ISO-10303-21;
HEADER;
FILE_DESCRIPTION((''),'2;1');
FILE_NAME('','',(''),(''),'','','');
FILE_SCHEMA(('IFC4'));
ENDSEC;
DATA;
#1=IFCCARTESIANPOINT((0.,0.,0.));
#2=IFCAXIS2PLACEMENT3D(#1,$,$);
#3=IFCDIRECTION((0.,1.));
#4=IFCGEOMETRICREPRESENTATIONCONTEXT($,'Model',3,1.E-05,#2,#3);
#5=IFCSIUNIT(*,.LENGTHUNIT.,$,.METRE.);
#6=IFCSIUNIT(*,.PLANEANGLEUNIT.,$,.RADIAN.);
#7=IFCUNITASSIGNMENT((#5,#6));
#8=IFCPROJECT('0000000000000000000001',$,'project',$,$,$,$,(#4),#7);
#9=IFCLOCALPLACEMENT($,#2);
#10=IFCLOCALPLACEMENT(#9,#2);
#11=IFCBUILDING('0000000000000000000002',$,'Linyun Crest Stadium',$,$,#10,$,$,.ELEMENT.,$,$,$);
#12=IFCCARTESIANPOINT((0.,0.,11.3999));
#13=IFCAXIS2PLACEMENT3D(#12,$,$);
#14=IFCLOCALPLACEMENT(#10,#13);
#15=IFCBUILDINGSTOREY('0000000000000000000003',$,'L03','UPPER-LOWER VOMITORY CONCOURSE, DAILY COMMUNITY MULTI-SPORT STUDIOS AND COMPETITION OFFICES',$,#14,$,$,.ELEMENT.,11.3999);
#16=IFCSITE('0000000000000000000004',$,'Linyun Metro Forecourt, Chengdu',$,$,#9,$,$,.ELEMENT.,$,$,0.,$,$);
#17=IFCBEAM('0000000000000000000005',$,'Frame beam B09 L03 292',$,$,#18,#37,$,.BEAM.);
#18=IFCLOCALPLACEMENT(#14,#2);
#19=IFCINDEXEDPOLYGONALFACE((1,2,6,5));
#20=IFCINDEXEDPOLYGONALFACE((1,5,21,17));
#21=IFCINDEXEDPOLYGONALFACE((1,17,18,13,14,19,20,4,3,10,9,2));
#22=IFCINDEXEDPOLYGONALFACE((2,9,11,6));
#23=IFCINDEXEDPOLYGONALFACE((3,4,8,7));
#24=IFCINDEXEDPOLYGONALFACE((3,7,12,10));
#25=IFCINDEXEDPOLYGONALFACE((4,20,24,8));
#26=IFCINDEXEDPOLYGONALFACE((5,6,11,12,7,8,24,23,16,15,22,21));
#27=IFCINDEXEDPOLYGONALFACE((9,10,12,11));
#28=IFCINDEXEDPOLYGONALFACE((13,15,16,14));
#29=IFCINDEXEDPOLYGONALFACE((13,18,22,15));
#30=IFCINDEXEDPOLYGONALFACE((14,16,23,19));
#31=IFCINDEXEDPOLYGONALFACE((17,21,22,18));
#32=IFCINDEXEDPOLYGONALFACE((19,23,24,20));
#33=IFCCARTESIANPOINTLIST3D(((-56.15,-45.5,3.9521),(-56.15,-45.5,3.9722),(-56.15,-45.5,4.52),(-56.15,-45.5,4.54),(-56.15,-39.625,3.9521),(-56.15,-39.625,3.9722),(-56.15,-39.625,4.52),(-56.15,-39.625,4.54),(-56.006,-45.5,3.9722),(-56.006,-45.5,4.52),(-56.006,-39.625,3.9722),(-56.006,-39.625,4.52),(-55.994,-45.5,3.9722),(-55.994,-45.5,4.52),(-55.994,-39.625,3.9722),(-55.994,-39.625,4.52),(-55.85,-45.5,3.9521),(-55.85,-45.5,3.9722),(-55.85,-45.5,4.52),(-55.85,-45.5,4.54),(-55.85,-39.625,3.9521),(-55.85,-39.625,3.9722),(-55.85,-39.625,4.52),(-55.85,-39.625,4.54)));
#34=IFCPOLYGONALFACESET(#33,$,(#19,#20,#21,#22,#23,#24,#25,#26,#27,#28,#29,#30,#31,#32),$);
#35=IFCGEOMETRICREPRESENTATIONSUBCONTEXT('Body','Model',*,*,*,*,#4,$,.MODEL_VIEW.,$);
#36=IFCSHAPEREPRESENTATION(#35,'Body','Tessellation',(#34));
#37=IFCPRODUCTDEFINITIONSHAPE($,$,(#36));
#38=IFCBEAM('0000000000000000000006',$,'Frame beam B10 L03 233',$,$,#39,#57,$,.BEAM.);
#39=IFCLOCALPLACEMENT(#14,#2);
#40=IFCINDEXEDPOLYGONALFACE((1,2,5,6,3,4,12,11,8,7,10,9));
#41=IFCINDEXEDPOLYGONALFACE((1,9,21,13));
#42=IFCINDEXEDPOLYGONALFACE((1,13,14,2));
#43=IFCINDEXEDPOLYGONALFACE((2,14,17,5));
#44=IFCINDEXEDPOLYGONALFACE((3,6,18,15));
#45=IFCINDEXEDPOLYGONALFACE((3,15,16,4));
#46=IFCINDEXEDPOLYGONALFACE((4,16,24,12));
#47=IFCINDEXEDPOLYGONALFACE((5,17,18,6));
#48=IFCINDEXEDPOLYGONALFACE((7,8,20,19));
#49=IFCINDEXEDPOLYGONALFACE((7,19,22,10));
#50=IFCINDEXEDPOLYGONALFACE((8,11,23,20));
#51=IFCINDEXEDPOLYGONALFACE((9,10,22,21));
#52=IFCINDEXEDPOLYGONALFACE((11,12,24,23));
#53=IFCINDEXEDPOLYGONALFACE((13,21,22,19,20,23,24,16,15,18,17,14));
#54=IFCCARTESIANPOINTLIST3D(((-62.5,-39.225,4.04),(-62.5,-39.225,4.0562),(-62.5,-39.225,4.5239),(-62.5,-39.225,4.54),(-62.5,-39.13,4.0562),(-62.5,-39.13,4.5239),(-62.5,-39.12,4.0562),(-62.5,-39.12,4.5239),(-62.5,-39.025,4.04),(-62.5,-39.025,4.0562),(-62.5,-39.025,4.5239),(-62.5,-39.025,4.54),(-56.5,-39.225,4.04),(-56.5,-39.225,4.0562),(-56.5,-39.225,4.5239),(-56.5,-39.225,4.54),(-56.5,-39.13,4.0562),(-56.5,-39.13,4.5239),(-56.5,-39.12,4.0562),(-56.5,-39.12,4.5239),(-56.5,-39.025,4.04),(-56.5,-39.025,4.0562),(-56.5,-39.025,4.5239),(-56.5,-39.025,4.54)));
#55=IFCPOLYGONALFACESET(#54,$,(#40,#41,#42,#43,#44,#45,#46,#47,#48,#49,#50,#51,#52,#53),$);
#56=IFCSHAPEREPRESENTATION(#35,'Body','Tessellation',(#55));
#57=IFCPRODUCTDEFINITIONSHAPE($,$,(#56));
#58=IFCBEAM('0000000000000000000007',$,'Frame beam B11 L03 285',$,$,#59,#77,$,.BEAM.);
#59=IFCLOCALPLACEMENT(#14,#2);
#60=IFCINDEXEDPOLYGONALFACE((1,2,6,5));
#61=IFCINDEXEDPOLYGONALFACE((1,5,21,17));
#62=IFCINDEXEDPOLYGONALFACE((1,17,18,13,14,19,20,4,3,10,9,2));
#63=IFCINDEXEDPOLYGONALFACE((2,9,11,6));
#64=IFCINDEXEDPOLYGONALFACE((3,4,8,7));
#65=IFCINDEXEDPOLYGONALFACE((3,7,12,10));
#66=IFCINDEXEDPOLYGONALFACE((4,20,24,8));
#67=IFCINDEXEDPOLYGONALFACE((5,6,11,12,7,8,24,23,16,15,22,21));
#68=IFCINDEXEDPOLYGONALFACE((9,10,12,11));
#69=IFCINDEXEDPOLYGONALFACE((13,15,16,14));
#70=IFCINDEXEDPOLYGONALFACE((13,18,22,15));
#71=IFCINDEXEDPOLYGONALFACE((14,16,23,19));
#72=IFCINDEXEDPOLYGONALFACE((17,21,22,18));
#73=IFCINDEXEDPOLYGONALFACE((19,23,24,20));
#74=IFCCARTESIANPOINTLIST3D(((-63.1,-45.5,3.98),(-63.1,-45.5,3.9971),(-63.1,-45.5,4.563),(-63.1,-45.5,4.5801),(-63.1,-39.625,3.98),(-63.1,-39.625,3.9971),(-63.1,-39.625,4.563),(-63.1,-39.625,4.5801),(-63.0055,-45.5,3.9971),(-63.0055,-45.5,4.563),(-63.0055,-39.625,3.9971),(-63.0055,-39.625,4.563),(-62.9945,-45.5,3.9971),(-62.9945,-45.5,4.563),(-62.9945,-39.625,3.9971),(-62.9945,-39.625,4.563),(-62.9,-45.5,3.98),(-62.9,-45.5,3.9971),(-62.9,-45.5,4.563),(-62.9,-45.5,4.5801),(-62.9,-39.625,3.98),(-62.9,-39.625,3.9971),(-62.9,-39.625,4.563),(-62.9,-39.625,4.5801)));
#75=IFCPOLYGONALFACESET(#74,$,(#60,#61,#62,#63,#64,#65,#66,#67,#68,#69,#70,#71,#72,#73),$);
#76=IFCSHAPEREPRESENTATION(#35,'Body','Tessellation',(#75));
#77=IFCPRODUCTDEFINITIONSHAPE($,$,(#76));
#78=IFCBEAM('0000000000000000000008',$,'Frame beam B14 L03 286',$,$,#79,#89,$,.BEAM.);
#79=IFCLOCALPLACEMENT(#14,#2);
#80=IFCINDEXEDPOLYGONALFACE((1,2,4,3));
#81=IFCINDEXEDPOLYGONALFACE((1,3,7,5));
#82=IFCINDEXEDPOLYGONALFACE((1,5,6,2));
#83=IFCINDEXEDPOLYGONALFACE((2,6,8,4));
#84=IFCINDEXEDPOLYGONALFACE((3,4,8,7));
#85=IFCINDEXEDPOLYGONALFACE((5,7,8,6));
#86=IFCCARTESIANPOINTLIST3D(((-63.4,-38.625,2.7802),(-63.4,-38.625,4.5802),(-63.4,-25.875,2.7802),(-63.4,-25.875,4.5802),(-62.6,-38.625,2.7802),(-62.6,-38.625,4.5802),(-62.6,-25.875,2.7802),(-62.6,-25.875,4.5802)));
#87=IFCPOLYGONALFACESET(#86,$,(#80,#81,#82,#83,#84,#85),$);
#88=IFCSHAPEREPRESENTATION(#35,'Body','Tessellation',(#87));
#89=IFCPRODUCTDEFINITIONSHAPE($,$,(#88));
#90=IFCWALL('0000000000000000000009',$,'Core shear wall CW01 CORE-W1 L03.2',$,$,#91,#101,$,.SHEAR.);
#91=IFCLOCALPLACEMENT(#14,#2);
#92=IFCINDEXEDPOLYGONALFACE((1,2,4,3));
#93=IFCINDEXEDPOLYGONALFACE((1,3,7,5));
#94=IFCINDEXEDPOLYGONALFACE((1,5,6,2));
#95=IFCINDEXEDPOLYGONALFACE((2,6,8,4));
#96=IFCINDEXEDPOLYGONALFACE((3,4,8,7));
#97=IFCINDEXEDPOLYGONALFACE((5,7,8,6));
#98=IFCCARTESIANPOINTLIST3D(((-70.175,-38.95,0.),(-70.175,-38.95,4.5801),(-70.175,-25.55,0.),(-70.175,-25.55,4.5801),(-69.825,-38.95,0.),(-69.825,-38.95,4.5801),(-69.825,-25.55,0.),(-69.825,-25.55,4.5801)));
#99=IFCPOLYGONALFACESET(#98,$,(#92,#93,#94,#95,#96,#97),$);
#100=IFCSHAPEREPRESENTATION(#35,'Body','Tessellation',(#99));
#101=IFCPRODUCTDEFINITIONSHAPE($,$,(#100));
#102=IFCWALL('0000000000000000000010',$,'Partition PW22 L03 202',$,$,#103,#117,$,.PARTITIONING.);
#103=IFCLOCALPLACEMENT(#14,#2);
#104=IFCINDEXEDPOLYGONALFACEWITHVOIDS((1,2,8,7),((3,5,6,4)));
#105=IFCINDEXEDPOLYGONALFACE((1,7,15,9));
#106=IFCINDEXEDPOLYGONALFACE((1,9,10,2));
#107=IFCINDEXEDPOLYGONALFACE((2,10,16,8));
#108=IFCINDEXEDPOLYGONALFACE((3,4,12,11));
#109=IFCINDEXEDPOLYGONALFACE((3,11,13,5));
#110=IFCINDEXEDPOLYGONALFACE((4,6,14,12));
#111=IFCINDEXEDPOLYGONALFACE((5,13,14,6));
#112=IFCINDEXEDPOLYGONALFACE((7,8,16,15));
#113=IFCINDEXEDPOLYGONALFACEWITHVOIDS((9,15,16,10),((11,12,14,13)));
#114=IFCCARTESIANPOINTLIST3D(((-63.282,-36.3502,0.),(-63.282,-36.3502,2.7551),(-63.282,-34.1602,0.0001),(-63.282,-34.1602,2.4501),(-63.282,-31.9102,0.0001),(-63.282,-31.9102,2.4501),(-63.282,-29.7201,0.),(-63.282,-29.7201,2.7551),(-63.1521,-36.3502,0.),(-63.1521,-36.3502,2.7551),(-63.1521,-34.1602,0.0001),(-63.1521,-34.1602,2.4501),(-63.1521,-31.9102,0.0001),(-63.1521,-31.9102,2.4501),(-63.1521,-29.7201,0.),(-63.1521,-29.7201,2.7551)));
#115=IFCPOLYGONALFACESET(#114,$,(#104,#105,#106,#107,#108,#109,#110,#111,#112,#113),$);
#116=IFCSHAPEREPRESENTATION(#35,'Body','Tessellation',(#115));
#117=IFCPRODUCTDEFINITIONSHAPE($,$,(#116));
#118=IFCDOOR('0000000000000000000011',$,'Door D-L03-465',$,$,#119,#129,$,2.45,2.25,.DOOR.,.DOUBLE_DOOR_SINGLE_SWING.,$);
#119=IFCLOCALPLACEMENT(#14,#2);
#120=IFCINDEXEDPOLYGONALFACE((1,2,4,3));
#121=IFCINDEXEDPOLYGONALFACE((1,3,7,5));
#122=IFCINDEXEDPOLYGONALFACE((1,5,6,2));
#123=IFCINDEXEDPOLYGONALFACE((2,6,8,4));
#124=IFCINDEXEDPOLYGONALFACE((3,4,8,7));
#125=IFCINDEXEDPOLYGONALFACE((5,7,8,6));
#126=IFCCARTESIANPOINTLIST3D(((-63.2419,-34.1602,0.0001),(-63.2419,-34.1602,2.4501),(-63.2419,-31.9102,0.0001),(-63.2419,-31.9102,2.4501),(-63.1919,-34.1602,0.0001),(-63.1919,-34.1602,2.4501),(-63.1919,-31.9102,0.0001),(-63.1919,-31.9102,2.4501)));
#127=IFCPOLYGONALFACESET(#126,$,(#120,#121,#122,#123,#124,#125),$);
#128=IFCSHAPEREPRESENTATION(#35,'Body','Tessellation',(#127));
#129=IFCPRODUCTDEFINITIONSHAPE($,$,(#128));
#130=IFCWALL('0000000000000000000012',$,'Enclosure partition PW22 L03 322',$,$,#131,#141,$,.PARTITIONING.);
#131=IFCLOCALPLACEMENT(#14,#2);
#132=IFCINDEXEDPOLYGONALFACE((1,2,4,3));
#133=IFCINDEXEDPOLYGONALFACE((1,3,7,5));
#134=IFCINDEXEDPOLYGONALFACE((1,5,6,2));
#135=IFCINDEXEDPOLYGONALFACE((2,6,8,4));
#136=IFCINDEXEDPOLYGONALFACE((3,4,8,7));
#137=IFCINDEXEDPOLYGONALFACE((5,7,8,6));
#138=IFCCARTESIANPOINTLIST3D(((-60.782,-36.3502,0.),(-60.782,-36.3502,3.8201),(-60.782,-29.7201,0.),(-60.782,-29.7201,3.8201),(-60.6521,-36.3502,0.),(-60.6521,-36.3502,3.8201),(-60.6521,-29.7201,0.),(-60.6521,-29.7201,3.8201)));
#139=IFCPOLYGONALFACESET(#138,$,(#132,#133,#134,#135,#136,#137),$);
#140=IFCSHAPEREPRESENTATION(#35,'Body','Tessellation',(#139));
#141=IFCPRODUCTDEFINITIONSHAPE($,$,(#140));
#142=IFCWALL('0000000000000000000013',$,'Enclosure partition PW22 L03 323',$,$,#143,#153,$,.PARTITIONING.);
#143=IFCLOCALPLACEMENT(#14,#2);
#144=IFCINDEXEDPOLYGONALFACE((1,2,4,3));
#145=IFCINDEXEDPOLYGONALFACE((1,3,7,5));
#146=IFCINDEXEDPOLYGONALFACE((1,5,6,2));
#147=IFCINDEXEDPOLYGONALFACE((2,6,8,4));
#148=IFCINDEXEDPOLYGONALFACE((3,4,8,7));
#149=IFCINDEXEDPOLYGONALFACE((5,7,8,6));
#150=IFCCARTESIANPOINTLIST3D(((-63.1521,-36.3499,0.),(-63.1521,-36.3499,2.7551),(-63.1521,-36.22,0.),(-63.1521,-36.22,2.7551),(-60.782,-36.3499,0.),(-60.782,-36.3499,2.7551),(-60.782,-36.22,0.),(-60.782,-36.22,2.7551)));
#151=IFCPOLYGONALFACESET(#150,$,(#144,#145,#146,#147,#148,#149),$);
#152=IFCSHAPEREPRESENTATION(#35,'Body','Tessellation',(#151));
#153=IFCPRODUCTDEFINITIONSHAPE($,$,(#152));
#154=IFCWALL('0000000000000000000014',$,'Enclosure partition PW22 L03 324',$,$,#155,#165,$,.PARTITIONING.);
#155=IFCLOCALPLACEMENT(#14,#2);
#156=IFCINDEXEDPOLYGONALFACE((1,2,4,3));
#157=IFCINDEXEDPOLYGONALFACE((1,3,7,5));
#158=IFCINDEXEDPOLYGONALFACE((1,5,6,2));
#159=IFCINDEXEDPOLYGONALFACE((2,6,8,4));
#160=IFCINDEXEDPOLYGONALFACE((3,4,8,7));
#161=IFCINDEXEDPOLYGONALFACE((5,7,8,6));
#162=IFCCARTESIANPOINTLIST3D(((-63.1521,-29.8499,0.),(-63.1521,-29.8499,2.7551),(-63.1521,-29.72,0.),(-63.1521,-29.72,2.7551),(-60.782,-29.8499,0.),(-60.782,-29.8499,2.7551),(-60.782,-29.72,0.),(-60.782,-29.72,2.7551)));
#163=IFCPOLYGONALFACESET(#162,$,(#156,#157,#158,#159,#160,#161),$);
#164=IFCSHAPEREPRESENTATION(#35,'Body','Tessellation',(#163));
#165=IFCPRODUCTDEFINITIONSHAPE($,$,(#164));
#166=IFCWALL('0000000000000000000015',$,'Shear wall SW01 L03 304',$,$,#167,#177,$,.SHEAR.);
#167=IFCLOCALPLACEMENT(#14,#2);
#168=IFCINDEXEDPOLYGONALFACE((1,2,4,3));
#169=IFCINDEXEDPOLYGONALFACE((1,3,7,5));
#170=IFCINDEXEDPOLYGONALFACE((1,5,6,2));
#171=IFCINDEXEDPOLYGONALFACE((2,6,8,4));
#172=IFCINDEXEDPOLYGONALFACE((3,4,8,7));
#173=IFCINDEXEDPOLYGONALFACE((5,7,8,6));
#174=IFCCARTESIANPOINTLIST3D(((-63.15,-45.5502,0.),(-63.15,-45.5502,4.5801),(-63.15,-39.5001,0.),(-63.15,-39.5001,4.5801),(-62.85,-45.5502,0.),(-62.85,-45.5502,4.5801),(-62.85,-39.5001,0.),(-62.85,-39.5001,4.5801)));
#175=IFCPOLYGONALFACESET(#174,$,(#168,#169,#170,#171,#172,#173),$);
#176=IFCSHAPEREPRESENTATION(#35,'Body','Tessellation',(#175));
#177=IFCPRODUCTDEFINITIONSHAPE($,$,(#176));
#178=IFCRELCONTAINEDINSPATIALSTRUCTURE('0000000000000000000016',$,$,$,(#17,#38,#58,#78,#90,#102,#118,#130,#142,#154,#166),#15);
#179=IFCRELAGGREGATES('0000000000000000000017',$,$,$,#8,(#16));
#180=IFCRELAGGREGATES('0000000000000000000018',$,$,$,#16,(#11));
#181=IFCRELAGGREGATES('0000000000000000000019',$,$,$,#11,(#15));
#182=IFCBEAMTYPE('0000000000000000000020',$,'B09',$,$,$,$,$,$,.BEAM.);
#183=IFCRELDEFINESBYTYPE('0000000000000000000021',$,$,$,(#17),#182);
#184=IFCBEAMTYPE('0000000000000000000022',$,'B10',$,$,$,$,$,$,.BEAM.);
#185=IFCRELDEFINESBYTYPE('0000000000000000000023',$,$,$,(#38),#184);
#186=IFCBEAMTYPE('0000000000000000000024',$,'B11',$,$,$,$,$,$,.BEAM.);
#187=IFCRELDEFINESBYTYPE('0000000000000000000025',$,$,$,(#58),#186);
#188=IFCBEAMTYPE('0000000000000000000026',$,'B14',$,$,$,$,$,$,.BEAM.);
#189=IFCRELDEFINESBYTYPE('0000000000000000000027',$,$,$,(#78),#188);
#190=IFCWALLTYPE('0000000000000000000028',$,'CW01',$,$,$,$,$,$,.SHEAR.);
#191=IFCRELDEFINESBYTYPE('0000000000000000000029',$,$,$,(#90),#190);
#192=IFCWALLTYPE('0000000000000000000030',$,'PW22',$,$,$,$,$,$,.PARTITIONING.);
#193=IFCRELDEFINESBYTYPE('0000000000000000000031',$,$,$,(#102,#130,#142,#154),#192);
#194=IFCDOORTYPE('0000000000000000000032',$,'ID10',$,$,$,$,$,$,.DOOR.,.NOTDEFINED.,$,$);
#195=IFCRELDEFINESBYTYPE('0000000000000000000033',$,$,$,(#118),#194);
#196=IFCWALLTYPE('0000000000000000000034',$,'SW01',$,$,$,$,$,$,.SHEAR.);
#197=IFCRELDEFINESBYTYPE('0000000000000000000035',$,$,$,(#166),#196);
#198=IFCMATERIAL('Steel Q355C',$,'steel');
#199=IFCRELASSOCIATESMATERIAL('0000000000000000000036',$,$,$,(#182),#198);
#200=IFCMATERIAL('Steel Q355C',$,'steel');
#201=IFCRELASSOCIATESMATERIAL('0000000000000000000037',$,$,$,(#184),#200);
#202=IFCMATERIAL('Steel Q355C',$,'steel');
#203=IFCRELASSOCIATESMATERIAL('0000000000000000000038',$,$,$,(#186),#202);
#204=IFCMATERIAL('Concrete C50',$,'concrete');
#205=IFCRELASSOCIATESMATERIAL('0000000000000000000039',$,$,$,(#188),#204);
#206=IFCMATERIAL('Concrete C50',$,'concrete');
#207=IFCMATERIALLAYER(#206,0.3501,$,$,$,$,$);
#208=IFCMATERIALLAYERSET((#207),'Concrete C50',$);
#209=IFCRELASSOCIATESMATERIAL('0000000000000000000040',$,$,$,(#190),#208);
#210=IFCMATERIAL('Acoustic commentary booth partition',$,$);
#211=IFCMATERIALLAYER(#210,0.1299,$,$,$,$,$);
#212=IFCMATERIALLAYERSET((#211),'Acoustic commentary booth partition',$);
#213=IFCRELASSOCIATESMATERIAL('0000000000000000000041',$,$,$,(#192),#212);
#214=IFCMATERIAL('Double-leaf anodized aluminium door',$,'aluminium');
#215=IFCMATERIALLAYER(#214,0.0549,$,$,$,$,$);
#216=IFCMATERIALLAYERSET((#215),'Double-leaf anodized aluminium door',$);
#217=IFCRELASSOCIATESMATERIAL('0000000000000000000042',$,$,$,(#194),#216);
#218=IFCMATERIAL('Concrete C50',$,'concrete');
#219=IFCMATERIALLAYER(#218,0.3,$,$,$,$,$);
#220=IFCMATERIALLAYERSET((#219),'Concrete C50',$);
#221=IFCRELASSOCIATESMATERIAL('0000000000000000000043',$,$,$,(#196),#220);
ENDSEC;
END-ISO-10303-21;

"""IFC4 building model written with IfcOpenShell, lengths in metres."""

from ifc_helpers import new_model, si_unit, direction, frame, frame_2d, origin, origin_2d, place, context, subcontext, project, spatial, rectangle, i_section, extrude, material, layer, layer_set, material_profile, profile_set, type_object, element, fill, save


model = new_model("IFC4")

# Units and contexts
model_context = context("Model", 3, precision=1e-05, world=origin(), true_north=direction((0.0, 1.0)))
body_context = subcontext(model_context, "Body", "Model", "MODEL_VIEW")
ifc_project = project(units=[si_unit("LENGTHUNIT", "METRE"), si_unit("PLANEANGLEUNIT", "RADIAN")], contexts=[model_context])

# Site, building, storey
site_placement = place(None, origin())
site = spatial("IfcSite", under=ifc_project, at=site_placement, Name="Linyun Metro Forecourt, Chengdu", CompositionType="ELEMENT", RefElevation=0.0)
building_placement = place(site_placement, origin())
building = spatial("IfcBuilding", under=site, at=building_placement, Name="Linyun Crest Stadium", CompositionType="ELEMENT")
storey_placement = place(building_placement, frame((0.0, 0.0, 11.3999)))
storey = spatial("IfcBuildingStorey", under=building, at=storey_placement, Name="L03", Description="UPPER-LOWER VOMITORY CONCOURSE, DAILY COMMUNITY MULTI-SPORT STUDIOS AND COMPETITION OFFICES", CompositionType="ELEMENT", Elevation=11.3999)

# Beams
ifc_material_1 = material(Name="Steel Q355C", Category="steel")
ifc_material_profile_1 = material_profile(ifc_material_1, i_section(OverallWidth=0.3, OverallDepth=0.5879, WebThickness=0.012, FlangeThickness=0.02, at=origin_2d()), Name="HM 588x300")
ifc_profile_set_1 = profile_set([ifc_material_profile_1], Name="Steel Q355C")
beam_type_1 = type_object("IfcBeamType", Name="B09", PredefinedType="BEAM", material=ifc_profile_set_1)
beam_1_placement = place(storey_placement, frame((-56.0, -45.5, 4.2461), z_axis=(0.0, 1.0, 0.0), x_axis=(-1.0, 0.0, 0.0)))
element("IfcBeam", 1, at=beam_1_placement, inside=storey, type_object=beam_type_1, Name="Frame beam B09 L03 292", PredefinedType="BEAM", context=body_context, shape_type="SweptSolid", body=[
    extrude(i_section(OverallWidth=0.3, OverallDepth=0.5879, WebThickness=0.012, FlangeThickness=0.02, at=origin_2d()), origin(), (0.0, 0.0, 1.0), 5.875),
])
ifc_material_2 = material(Name="Steel Q355C", Category="steel")
ifc_material_profile_2 = material_profile(ifc_material_2, i_section(OverallWidth=0.2, OverallDepth=0.5, WebThickness=0.01, FlangeThickness=0.0161, at=origin_2d()), Name="HN 500x200")
ifc_profile_set_2 = profile_set([ifc_material_profile_2], Name="Steel Q355C")
beam_type_2 = type_object("IfcBeamType", Name="B10", PredefinedType="BEAM", material=ifc_profile_set_2)
beam_2_placement = place(storey_placement, frame((-62.5, -39.125, 4.29), z_axis=(1.0, 0.0, 0.0), x_axis=(0.0, 1.0, 0.0)))
element("IfcBeam", 2, at=beam_2_placement, inside=storey, type_object=beam_type_2, Name="Frame beam B10 L03 233", PredefinedType="BEAM", context=body_context, shape_type="SweptSolid", body=[
    extrude(i_section(OverallWidth=0.2, OverallDepth=0.5, WebThickness=0.01, FlangeThickness=0.0161, at=origin_2d()), origin(), (0.0, 0.0, 1.0), 6.0),
])
ifc_material_3 = material(Name="Steel Q355C", Category="steel")
ifc_material_profile_3 = material_profile(ifc_material_3, i_section(OverallWidth=0.2, OverallDepth=0.6001, WebThickness=0.011, FlangeThickness=0.0171, at=origin_2d()), Name="HN 600x200")
ifc_profile_set_3 = profile_set([ifc_material_profile_3], Name="Steel Q355C")
beam_type_3 = type_object("IfcBeamType", Name="B11", PredefinedType="BEAM", material=ifc_profile_set_3)
beam_3_placement = place(storey_placement, frame((-63.0, -45.5, 4.28), z_axis=(0.0, 1.0, 0.0), x_axis=(-1.0, 0.0, 0.0)))
element("IfcBeam", 3, at=beam_3_placement, inside=storey, type_object=beam_type_3, Name="Frame beam B11 L03 285", PredefinedType="BEAM", context=body_context, shape_type="SweptSolid", body=[
    extrude(i_section(OverallWidth=0.2, OverallDepth=0.6001, WebThickness=0.011, FlangeThickness=0.0171, at=origin_2d()), origin(), (0.0, 0.0, 1.0), 5.875),
])
ifc_material_4 = material(Name="Concrete C50", Category="concrete")
ifc_material_profile_4 = material_profile(ifc_material_4, rectangle(XDim=0.8, YDim=1.8, at=origin_2d()), Name="RCB 1800x800")
ifc_profile_set_4 = profile_set([ifc_material_profile_4], Name="Concrete C50")
beam_type_4 = type_object("IfcBeamType", Name="B14", PredefinedType="BEAM", material=ifc_profile_set_4)
beam_4_placement = place(storey_placement, frame((-63.0, -38.625, 3.6802), z_axis=(0.0, 1.0, 0.0), x_axis=(-1.0, 0.0, 0.0)))
element("IfcBeam", 4, at=beam_4_placement, inside=storey, type_object=beam_type_4, Name="Frame beam B14 L03 286", PredefinedType="BEAM", context=body_context, shape_type="SweptSolid", body=[
    extrude(rectangle(XDim=0.8, YDim=1.8, at=origin_2d()), origin(), (0.0, 0.0, 1.0), 12.75),
])

# Wall
ifc_material_5 = material(Name="Concrete C50", Category="concrete")
ifc_layer_1 = layer(ifc_material_5, 0.3501)
ifc_layer_set_1 = layer_set([ifc_layer_1], Name="Concrete C50")
wall_type_1 = type_object("IfcWallType", Name="CW01", PredefinedType="SHEAR", material=ifc_layer_set_1)
wall_1_placement = place(storey_placement, frame((-70.0, -38.95, 0.0), z_axis=(0.0, 0.0, 1.0), x_axis=(0.0, 1.0, 0.0)))
element("IfcWall", 5, at=wall_1_placement, inside=storey, type_object=wall_type_1, Name="Core shear wall CW01 CORE-W1 L03.2", PredefinedType="SHEAR", context=body_context, shape_type="SweptSolid", body=[
    extrude(rectangle(XDim=13.3999, YDim=0.3501, at=frame_2d((6.7, 0.0))), origin(), (0.0, 0.0, 1.0), 4.5801),
])

# Wall, opening, door
ifc_material_6 = material(Name="Acoustic commentary booth partition")
ifc_layer_2 = layer(ifc_material_6, 0.1299)
ifc_layer_set_2 = layer_set([ifc_layer_2], Name="Acoustic commentary booth partition")
wall_type_2 = type_object("IfcWallType", Name="PW22", PredefinedType="PARTITIONING", material=ifc_layer_set_2)
wall_2_placement = place(storey_placement, frame((-63.217, -36.3501, 0.0), z_axis=(0.0, 0.0, 1.0), x_axis=(0.0, 1.0, 0.0)))
wall_2 = element("IfcWall", 6, at=wall_2_placement, inside=storey, type_object=wall_type_2, Name="Partition PW22 L03 202", PredefinedType="PARTITIONING", context=body_context, shape_type="SweptSolid", body=[
    extrude(rectangle(XDim=6.6301, YDim=0.1299, at=frame_2d((3.3149, 0.0))), origin(), (0.0, 0.0, 1.0), 2.7551),
])
opening_placement = place(wall_2_placement, frame((2.1899, 0.0, 0.0)))
opening = element("IfcOpeningElement", 7, at=opening_placement, cuts=wall_2, PredefinedType="OPENING", context=body_context, shape_type="SweptSolid", body=[
    extrude(rectangle(XDim=2.25, YDim=2.45, at=frame_2d((1.125, 1.2251))), frame((0.0, 0.075, 0.0), z_axis=(0.0, -1.0, 0.0), x_axis=(1.0, 0.0, 0.0)), (0.0, 0.0, 1.0), 0.1499),
])
ifc_material_7 = material(Name="Double-leaf anodized aluminium door", Category="aluminium")
ifc_layer_3 = layer(ifc_material_7, 0.0549)
ifc_layer_set_3 = layer_set([ifc_layer_3], Name="Double-leaf anodized aluminium door")
door_type = type_object("IfcDoorType", Name="ID10", OperationType="NOTDEFINED", PredefinedType="DOOR", material=ifc_layer_set_3)
door_placement = place(opening_placement, origin())
door = element("IfcDoor", 8, at=door_placement, inside=storey, type_object=door_type, Name="Door D-L03-465", OperationType="DOUBLE_DOOR_SINGLE_SWING", OverallHeight=2.45, OverallWidth=2.25, PredefinedType="DOOR", context=body_context, shape_type="SweptSolid", body=[
    extrude(rectangle(XDim=2.25, YDim=2.45, at=frame_2d((1.125, 1.2251))), frame((0.0, 0.0249, 0.0), z_axis=(0.0, -1.0, 0.0), x_axis=(1.0, 0.0, 0.0)), (0.0, 0.0, 1.0), 0.05),
])
fill(opening, door)

# Walls
wall_3_placement = place(storey_placement, frame((-60.717, -36.3501, 0.0), z_axis=(0.0, 0.0, 1.0), x_axis=(0.0, 1.0, 0.0)))
element("IfcWall", 9, at=wall_3_placement, inside=storey, type_object=wall_type_2, Name="Enclosure partition PW22 L03 322", PredefinedType="PARTITIONING", context=body_context, shape_type="SweptSolid", body=[
    extrude(rectangle(XDim=6.6301, YDim=0.1299, at=frame_2d((3.3149, 0.0))), origin(), (0.0, 0.0, 1.0), 3.8201),
])
for number, where, z_axis, x_axis, name in (
    (10, (-63.1521, -36.2849, 0.0), (0.0, 0.0, 1.0), (1.0, 0.0, 0.0), "Enclosure partition PW22 L03 323"),
    (11, (-63.1521, -29.7849, 0.0), (0.0, 0.0, 1.0), (1.0, 0.0, 0.0), "Enclosure partition PW22 L03 324"),
):
    element("IfcWall", number, at=place(storey_placement, frame(where, z_axis=z_axis, x_axis=x_axis)), inside=storey, type_object=wall_type_2, Name=name, PredefinedType="PARTITIONING", context=body_context, shape_type="SweptSolid", body=[
        extrude(rectangle(XDim=2.3701, YDim=0.1299, at=frame_2d((1.1851, 0.0))), origin(), (0.0, 0.0, 1.0), 2.7551),
    ])
ifc_material_8 = material(Name="Concrete C50", Category="concrete")
ifc_layer_4 = layer(ifc_material_8, 0.3)
ifc_layer_set_4 = layer_set([ifc_layer_4], Name="Concrete C50")
wall_type_3 = type_object("IfcWallType", Name="SW01", PredefinedType="SHEAR", material=ifc_layer_set_4)
wall_4_placement = place(storey_placement, frame((-63.0, -45.55, 0.0), z_axis=(0.0, 0.0, 1.0), x_axis=(0.0, 1.0, 0.0)))
element("IfcWall", 12, at=wall_4_placement, inside=storey, type_object=wall_type_3, Name="Shear wall SW01 L03 304", PredefinedType="SHEAR", context=body_context, shape_type="SweptSolid", body=[
    extrude(rectangle(XDim=6.05, YDim=0.3, at=frame_2d((3.0249, 0.0))), origin(), (0.0, 0.0, 1.0), 4.5801),
])

save(model, "model.ifc")
